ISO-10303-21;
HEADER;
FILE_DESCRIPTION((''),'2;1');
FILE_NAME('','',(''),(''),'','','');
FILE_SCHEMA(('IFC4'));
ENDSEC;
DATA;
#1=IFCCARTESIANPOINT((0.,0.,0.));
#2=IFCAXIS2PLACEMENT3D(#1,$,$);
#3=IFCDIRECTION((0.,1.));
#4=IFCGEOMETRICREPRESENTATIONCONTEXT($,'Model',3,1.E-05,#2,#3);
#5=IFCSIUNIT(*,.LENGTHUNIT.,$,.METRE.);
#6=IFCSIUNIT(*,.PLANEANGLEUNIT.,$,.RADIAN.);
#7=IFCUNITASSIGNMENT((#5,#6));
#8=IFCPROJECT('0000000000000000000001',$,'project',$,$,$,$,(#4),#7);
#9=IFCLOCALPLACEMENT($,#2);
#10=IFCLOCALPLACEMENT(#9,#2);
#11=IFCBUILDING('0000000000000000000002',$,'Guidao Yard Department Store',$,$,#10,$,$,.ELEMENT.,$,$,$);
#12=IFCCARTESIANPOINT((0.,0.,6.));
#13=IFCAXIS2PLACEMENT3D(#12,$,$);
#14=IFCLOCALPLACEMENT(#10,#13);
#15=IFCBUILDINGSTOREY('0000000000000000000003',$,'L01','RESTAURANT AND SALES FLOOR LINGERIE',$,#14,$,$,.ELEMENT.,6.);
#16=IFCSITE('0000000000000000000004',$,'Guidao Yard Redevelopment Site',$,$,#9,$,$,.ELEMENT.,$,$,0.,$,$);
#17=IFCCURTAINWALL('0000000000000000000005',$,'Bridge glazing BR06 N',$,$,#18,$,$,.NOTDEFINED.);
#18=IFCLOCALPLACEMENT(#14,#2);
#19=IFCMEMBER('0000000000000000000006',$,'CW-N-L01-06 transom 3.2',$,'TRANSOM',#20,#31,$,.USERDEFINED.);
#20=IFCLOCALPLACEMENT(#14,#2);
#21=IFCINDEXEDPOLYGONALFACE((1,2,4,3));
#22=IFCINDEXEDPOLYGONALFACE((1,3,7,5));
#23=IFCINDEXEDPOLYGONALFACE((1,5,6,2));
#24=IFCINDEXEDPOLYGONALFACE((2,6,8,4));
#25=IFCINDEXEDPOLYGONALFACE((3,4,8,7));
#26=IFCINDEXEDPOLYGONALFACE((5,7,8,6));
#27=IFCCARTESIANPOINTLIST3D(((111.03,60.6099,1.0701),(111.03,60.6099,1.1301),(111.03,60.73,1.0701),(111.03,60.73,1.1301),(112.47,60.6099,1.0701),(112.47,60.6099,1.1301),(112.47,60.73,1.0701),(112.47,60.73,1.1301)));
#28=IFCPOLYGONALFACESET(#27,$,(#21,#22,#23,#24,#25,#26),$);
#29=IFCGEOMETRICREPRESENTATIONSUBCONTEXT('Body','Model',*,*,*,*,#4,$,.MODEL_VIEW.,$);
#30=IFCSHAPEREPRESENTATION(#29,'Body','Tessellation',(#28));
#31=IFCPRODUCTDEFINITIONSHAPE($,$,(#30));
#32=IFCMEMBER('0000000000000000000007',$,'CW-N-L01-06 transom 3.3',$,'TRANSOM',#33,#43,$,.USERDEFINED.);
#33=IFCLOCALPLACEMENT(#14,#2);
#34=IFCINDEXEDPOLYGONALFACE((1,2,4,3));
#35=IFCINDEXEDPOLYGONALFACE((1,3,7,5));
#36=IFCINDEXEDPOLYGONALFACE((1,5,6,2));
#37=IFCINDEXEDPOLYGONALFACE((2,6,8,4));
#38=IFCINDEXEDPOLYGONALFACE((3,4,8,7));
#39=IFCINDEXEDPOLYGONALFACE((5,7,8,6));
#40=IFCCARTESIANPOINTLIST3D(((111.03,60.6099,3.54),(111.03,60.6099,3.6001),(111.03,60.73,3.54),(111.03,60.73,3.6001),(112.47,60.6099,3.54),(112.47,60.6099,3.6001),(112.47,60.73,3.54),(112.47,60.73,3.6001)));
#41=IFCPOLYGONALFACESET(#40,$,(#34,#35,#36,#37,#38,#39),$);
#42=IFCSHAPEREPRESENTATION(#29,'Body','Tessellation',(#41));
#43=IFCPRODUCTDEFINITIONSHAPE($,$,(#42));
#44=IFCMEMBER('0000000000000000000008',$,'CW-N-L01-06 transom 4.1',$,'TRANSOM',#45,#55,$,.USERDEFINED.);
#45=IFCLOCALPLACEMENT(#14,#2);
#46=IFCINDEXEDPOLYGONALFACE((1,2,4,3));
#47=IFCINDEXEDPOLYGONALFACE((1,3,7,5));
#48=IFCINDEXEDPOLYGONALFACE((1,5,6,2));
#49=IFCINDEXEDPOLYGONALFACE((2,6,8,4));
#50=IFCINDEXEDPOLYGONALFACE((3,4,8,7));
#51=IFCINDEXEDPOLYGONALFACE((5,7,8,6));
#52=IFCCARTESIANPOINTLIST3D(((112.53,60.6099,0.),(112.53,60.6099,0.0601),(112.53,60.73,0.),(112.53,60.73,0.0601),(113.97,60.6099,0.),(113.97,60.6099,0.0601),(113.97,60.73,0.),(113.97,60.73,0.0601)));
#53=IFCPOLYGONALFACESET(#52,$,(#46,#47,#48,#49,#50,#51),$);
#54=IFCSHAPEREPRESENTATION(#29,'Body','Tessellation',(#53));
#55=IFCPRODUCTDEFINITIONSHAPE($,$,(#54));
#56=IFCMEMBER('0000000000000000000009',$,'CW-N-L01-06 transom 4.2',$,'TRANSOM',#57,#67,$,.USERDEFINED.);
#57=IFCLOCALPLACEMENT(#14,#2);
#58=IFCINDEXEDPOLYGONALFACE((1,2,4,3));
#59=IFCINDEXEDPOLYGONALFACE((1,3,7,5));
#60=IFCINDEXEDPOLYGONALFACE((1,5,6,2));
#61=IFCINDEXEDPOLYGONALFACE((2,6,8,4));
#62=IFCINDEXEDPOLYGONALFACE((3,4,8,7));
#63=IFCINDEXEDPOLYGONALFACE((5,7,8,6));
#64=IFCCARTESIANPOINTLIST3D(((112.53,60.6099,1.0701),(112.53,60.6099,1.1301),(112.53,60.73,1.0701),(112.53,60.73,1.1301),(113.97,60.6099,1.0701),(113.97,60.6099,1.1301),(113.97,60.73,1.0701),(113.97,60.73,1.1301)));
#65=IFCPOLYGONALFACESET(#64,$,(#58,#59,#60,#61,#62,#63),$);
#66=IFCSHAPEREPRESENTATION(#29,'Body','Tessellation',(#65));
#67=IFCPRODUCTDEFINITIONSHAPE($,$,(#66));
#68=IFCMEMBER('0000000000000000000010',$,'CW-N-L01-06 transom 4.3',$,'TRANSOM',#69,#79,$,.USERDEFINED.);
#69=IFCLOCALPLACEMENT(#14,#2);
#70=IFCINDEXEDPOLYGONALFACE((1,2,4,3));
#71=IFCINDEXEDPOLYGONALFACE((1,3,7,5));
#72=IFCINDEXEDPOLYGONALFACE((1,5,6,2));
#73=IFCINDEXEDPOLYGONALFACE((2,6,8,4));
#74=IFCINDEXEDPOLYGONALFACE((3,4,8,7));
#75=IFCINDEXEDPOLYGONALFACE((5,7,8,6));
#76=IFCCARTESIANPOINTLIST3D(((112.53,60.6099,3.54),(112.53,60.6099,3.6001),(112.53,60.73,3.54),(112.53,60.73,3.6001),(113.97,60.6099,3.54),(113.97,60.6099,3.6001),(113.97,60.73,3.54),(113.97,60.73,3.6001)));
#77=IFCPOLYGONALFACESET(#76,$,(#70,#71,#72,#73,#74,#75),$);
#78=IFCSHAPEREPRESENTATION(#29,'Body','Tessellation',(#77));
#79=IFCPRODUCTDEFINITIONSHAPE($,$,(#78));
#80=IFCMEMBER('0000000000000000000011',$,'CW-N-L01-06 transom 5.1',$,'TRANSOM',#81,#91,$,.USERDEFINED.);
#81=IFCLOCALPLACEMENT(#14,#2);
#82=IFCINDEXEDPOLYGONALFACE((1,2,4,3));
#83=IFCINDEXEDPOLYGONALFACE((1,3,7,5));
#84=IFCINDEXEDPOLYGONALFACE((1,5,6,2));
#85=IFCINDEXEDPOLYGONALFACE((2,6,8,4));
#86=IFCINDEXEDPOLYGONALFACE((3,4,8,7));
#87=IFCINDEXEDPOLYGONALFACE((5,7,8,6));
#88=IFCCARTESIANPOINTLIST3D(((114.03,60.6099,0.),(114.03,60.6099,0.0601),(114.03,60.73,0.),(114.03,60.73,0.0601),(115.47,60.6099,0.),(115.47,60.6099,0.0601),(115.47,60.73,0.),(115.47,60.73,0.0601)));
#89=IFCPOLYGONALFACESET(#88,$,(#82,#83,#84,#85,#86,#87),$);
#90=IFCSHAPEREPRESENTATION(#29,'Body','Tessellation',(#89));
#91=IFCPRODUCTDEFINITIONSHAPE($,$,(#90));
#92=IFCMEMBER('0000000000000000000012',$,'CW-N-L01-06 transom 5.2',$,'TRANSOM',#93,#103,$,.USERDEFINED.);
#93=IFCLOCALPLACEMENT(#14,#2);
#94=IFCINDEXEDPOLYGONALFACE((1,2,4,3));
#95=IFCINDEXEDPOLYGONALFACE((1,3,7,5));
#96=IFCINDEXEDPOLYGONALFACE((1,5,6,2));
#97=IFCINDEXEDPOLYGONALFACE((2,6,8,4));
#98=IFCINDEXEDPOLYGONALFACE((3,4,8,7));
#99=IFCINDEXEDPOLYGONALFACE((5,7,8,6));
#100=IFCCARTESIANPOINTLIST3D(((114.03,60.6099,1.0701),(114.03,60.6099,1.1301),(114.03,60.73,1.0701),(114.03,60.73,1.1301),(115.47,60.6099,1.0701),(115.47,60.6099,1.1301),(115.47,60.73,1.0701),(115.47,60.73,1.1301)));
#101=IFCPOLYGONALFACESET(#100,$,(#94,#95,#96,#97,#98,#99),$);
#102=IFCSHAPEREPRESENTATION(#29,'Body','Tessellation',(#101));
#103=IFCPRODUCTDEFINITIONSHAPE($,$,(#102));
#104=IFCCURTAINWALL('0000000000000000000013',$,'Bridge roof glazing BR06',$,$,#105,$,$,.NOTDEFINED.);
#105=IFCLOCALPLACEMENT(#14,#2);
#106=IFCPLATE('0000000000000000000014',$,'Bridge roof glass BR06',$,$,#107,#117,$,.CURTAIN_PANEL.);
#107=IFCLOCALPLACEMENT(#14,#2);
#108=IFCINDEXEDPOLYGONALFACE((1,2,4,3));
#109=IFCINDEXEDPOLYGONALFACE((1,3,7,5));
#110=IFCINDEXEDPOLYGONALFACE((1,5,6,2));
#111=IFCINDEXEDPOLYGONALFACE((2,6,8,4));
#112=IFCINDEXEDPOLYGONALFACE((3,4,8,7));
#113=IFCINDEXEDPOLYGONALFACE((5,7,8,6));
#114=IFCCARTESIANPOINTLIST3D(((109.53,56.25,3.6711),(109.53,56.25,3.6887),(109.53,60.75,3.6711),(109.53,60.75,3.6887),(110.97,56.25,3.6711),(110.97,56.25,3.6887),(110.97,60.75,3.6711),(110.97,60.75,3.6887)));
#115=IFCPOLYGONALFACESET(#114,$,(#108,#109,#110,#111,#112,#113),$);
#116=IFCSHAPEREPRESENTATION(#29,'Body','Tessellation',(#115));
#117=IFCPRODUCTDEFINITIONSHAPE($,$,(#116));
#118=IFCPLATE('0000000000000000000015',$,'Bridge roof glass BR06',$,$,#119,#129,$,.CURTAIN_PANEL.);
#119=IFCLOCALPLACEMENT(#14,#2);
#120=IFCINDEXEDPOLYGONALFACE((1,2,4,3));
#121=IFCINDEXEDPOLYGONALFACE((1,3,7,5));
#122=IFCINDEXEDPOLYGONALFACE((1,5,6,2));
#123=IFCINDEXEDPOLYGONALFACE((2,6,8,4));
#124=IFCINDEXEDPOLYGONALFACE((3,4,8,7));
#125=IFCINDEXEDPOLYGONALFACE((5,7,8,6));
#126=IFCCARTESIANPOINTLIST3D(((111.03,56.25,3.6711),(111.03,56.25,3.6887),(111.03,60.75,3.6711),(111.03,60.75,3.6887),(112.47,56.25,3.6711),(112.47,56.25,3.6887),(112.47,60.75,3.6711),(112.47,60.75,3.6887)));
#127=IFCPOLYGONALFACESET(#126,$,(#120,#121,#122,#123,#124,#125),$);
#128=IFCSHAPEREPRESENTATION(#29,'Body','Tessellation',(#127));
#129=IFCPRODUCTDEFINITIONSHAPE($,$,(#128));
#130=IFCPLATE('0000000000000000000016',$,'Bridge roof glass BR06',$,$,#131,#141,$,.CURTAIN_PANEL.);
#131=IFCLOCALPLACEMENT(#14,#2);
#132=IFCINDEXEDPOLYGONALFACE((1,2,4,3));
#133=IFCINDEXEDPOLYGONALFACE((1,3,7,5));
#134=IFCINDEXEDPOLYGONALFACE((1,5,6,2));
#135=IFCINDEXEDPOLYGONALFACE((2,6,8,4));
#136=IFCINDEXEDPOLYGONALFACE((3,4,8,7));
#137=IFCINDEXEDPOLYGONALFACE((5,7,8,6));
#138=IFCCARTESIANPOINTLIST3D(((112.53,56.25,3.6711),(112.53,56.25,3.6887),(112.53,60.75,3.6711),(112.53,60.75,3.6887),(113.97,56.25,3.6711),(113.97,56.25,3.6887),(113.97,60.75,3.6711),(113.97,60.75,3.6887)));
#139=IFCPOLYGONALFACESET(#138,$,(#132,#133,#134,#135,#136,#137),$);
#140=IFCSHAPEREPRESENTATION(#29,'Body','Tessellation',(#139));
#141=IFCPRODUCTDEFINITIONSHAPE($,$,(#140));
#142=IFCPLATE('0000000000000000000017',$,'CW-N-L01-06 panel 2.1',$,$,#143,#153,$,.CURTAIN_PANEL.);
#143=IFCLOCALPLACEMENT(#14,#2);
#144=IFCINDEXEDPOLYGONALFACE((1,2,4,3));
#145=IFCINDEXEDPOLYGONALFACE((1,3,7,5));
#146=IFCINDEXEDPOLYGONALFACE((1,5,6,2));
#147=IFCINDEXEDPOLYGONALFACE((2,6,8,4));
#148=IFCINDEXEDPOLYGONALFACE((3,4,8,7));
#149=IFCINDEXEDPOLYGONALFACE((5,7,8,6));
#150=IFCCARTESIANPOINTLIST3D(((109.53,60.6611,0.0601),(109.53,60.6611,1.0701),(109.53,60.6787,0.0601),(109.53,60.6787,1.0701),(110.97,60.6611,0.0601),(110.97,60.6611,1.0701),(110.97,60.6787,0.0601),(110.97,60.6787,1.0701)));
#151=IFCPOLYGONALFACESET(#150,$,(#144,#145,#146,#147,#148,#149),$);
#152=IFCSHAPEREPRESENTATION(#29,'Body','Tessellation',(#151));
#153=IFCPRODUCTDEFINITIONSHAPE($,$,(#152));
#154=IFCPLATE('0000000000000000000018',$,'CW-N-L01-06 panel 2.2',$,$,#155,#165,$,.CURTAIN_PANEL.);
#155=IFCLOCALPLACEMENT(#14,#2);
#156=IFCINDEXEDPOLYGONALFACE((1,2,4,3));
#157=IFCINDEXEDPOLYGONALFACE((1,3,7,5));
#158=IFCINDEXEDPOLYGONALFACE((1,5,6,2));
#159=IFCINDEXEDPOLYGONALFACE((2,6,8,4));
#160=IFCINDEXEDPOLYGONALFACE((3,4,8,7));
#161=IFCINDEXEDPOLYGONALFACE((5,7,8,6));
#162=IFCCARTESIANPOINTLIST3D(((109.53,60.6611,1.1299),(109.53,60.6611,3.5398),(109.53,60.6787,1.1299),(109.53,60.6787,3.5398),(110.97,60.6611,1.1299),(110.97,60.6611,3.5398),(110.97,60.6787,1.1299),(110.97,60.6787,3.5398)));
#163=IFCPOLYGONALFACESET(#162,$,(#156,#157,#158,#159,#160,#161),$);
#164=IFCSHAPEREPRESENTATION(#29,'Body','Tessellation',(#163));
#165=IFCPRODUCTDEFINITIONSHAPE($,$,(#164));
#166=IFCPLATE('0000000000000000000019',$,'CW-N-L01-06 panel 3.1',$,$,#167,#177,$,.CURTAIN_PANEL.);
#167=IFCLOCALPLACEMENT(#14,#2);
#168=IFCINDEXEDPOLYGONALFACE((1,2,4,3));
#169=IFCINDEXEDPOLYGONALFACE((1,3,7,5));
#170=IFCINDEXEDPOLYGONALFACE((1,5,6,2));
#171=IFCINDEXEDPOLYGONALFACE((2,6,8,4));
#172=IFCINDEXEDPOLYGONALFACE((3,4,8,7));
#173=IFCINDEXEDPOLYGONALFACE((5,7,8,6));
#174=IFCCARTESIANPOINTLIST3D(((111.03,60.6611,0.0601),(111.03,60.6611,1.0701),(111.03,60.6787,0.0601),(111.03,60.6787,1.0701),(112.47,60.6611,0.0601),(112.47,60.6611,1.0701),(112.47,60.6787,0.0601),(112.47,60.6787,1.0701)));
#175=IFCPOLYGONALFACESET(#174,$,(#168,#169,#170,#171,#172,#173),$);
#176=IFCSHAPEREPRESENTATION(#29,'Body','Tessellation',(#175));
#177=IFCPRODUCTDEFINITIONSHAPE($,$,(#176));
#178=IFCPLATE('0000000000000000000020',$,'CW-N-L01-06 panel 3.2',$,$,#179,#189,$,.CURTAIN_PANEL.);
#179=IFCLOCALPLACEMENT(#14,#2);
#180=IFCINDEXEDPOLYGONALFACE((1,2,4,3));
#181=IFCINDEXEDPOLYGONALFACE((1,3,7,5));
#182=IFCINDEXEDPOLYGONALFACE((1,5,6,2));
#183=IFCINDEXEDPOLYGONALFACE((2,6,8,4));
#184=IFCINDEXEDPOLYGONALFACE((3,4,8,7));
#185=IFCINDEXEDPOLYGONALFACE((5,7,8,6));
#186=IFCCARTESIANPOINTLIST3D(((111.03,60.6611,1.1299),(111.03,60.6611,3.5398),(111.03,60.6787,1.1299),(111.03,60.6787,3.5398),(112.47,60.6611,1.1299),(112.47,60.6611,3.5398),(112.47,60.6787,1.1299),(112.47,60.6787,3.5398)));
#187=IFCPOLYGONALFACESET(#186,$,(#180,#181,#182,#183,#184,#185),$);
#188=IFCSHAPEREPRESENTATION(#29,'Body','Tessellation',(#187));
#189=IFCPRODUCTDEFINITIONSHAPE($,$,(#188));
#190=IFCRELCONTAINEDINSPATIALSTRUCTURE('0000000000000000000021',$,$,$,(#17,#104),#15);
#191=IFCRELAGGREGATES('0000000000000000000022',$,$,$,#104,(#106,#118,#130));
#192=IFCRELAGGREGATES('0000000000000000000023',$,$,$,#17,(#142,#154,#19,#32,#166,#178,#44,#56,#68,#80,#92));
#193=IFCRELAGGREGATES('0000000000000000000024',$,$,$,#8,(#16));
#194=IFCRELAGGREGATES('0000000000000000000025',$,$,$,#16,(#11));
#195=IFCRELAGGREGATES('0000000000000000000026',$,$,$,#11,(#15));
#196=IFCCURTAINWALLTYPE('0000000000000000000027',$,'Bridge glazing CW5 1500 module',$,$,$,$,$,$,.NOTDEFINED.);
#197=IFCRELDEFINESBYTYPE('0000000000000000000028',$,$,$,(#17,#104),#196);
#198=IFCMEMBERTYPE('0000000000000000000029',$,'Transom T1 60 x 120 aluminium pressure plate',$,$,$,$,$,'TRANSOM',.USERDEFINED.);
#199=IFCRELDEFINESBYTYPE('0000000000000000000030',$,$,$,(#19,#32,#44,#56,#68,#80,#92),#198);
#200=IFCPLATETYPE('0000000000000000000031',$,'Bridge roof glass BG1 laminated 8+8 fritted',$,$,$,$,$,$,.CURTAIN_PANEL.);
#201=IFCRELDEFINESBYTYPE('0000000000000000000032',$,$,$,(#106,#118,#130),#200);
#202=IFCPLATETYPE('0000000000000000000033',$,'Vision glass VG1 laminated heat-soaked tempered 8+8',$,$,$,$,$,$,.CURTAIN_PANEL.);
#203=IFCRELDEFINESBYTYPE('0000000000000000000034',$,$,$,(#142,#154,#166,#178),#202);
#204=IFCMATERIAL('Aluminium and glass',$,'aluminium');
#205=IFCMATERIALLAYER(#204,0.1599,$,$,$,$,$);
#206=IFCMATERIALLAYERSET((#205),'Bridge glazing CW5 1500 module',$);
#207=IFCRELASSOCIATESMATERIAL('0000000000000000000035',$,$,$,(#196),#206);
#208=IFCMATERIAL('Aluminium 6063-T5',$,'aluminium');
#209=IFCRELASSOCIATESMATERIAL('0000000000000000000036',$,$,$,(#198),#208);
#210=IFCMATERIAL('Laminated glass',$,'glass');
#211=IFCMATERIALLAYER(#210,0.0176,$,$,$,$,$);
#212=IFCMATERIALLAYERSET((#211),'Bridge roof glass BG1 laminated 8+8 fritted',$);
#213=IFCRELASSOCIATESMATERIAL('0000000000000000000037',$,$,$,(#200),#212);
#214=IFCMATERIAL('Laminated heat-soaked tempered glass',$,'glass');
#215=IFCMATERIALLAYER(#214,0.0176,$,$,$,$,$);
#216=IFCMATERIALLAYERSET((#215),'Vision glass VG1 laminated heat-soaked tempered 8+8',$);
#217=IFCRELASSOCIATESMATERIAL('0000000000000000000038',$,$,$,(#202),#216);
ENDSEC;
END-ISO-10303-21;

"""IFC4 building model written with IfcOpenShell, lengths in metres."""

from ifc_helpers import new_model, si_unit, direction, frame, origin, origin_2d, place, context, subcontext, project, spatial, rectangle, extrude, material, layer, layer_set, material_profile, profile_set, type_object, element, aggregate, save


model = new_model("IFC4")

# Units and contexts
model_context = context("Model", 3, precision=1e-05, world=origin(), true_north=direction((0.0, 1.0)))
body_context = subcontext(model_context, "Body", "Model", "MODEL_VIEW")
ifc_project = project(units=[si_unit("LENGTHUNIT", "METRE"), si_unit("PLANEANGLEUNIT", "RADIAN")], contexts=[model_context])

# Site, building, storey
site_placement = place(None, origin())
site = spatial("IfcSite", under=ifc_project, at=site_placement, Name="Guidao Yard Redevelopment Site", CompositionType="ELEMENT", RefElevation=0.0)
building_placement = place(site_placement, origin())
building = spatial("IfcBuilding", under=site, at=building_placement, Name="Guidao Yard Department Store", CompositionType="ELEMENT")
storey_placement = place(building_placement, frame((0.0, 0.0, 6.0)))
storey = spatial("IfcBuildingStorey", under=building, at=storey_placement, Name="L01", Description="RESTAURANT AND SALES FLOOR LINGERIE", CompositionType="ELEMENT", Elevation=6.0)

# Curtain wall, members
ifc_material_1 = material(Name="Aluminium and glass", Category="aluminium")
ifc_layer_1 = layer(ifc_material_1, 0.1599)
ifc_layer_set_1 = layer_set([ifc_layer_1], Name="Bridge glazing CW5 1500 module")
curtain_wall_type = type_object("IfcCurtainWallType", Name="Bridge glazing CW5 1500 module", PredefinedType="NOTDEFINED", material=ifc_layer_set_1)
curtain_wall_1_placement = place(storey_placement, origin())
curtain_wall_1 = element("IfcCurtainWall", 1, at=curtain_wall_1_placement, inside=storey, type_object=curtain_wall_type, Name="Bridge glazing BR06 N", PredefinedType="NOTDEFINED")
ifc_material_2 = material(Name="Aluminium 6063-T5", Category="aluminium")
ifc_material_profile_1 = material_profile(ifc_material_2, rectangle(XDim=0.1201, YDim=0.0601, at=origin_2d()), Name="Transom T1 60 x 120 aluminium pressure plate")
ifc_profile_set_1 = profile_set([ifc_material_profile_1], Name="Aluminium 6063-T5")
member_type_1 = type_object("IfcMemberType", Name="Transom T1 60 x 120 aluminium pressure plate", ElementType="TRANSOM", PredefinedType="USERDEFINED", material=ifc_profile_set_1)
member_1_placement = place(storey_placement, frame((111.03, 60.6699, 1.1001), z_axis=(1.0, 0.0, 0.0), x_axis=(0.0, 1.0, 0.0)))
member_1 = element("IfcMember", 2, at=member_1_placement, type_object=member_type_1, Name="CW-N-L01-06 transom 3.2", ObjectType="TRANSOM", PredefinedType="USERDEFINED", context=body_context, shape_type="SweptSolid", body=[
    extrude(rectangle(XDim=0.1201, YDim=0.0601, at=origin_2d()), origin(), (0.0, 0.0, 1.0), 1.4399),
])
member_2_placement = place(storey_placement, frame((111.03, 60.6699, 3.5701), z_axis=(1.0, 0.0, 0.0), x_axis=(0.0, 1.0, 0.0)))
member_2 = element("IfcMember", 3, at=member_2_placement, type_object=member_type_1, Name="CW-N-L01-06 transom 3.3", ObjectType="TRANSOM", PredefinedType="USERDEFINED", context=body_context, shape_type="SweptSolid", body=[
    extrude(rectangle(XDim=0.1201, YDim=0.0601, at=origin_2d()), origin(), (0.0, 0.0, 1.0), 1.4399),
])
member_3_placement = place(storey_placement, frame((112.53, 60.6699, 0.03), z_axis=(1.0, 0.0, 0.0), x_axis=(0.0, 1.0, 0.0)))
member_3 = element("IfcMember", 4, at=member_3_placement, type_object=member_type_1, Name="CW-N-L01-06 transom 4.1", ObjectType="TRANSOM", PredefinedType="USERDEFINED", context=body_context, shape_type="SweptSolid", body=[
    extrude(rectangle(XDim=0.1201, YDim=0.0601, at=origin_2d()), origin(), (0.0, 0.0, 1.0), 1.4399),
])
member_4_placement = place(storey_placement, frame((112.53, 60.6699, 1.1001), z_axis=(1.0, 0.0, 0.0), x_axis=(0.0, 1.0, 0.0)))
member_4 = element("IfcMember", 5, at=member_4_placement, type_object=member_type_1, Name="CW-N-L01-06 transom 4.2", ObjectType="TRANSOM", PredefinedType="USERDEFINED", context=body_context, shape_type="SweptSolid", body=[
    extrude(rectangle(XDim=0.1201, YDim=0.0601, at=origin_2d()), origin(), (0.0, 0.0, 1.0), 1.4399),
])
member_5_placement = place(storey_placement, frame((112.53, 60.6699, 3.5701), z_axis=(1.0, 0.0, 0.0), x_axis=(0.0, 1.0, 0.0)))
member_5 = element("IfcMember", 6, at=member_5_placement, type_object=member_type_1, Name="CW-N-L01-06 transom 4.3", ObjectType="TRANSOM", PredefinedType="USERDEFINED", context=body_context, shape_type="SweptSolid", body=[
    extrude(rectangle(XDim=0.1201, YDim=0.0601, at=origin_2d()), origin(), (0.0, 0.0, 1.0), 1.4399),
])
member_6_placement = place(storey_placement, frame((114.03, 60.6699, 0.03), z_axis=(1.0, 0.0, 0.0), x_axis=(0.0, 1.0, 0.0)))
member_6 = element("IfcMember", 7, at=member_6_placement, type_object=member_type_1, Name="CW-N-L01-06 transom 5.1", ObjectType="TRANSOM", PredefinedType="USERDEFINED", context=body_context, shape_type="SweptSolid", body=[
    extrude(rectangle(XDim=0.1201, YDim=0.0601, at=origin_2d()), origin(), (0.0, 0.0, 1.0), 1.4399),
])
member_7_placement = place(storey_placement, frame((114.03, 60.6699, 1.1001), z_axis=(1.0, 0.0, 0.0), x_axis=(0.0, 1.0, 0.0)))
member_7 = element("IfcMember", 8, at=member_7_placement, type_object=member_type_1, Name="CW-N-L01-06 transom 5.2", ObjectType="TRANSOM", PredefinedType="USERDEFINED", context=body_context, shape_type="SweptSolid", body=[
    extrude(rectangle(XDim=0.1201, YDim=0.0601, at=origin_2d()), origin(), (0.0, 0.0, 1.0), 1.4399),
])

# Curtain wall, plates
curtain_wall_2_placement = place(storey_placement, origin())
curtain_wall_2 = element("IfcCurtainWall", 9, at=curtain_wall_2_placement, inside=storey, type_object=curtain_wall_type, Name="Bridge roof glazing BR06", PredefinedType="NOTDEFINED")
ifc_material_3 = material(Name="Laminated glass", Category="glass")
ifc_layer_2 = layer(ifc_material_3, 0.0176)
ifc_layer_set_2 = layer_set([ifc_layer_2], Name="Bridge roof glass BG1 laminated 8+8 fritted")
plate_type_1 = type_object("IfcPlateType", Name="Bridge roof glass BG1 laminated 8+8 fritted", PredefinedType="CURTAIN_PANEL", material=ifc_layer_set_2)
plate_1_placement = place(storey_placement, frame((110.25, 58.5, 3.6711), z_axis=(0.0, 0.0, 1.0), x_axis=(1.0, 0.0, 0.0)))
plate_1 = element("IfcPlate", 10, at=plate_1_placement, type_object=plate_type_1, Name="Bridge roof glass BR06", PredefinedType="CURTAIN_PANEL", context=body_context, shape_type="SweptSolid", body=[
    extrude(rectangle(XDim=1.4399, YDim=4.5, at=origin_2d()), origin(), (0.0, 0.0, 1.0), 0.0176),
])
plate_2_placement = place(storey_placement, frame((111.75, 58.5, 3.6711), z_axis=(0.0, 0.0, 1.0), x_axis=(1.0, 0.0, 0.0)))
plate_2 = element("IfcPlate", 11, at=plate_2_placement, type_object=plate_type_1, Name="Bridge roof glass BR06", PredefinedType="CURTAIN_PANEL", context=body_context, shape_type="SweptSolid", body=[
    extrude(rectangle(XDim=1.4399, YDim=4.5, at=origin_2d()), origin(), (0.0, 0.0, 1.0), 0.0176),
])
plate_3_placement = place(storey_placement, frame((113.25, 58.5, 3.6711), z_axis=(0.0, 0.0, 1.0), x_axis=(1.0, 0.0, 0.0)))
plate_3 = element("IfcPlate", 12, at=plate_3_placement, type_object=plate_type_1, Name="Bridge roof glass BR06", PredefinedType="CURTAIN_PANEL", context=body_context, shape_type="SweptSolid", body=[
    extrude(rectangle(XDim=1.4399, YDim=4.5, at=origin_2d()), origin(), (0.0, 0.0, 1.0), 0.0176),
])
aggregate(curtain_wall_2, [plate_1, plate_2, plate_3])

# Plates
ifc_material_4 = material(Name="Laminated heat-soaked tempered glass", Category="glass")
ifc_layer_3 = layer(ifc_material_4, 0.0176)
ifc_layer_set_3 = layer_set([ifc_layer_3], Name="Vision glass VG1 laminated heat-soaked tempered 8+8")
plate_type_2 = type_object("IfcPlateType", Name="Vision glass VG1 laminated heat-soaked tempered 8+8", PredefinedType="CURTAIN_PANEL", material=ifc_layer_set_3)
plate_4_placement = place(storey_placement, frame((110.25, 60.6699, 0.0601), z_axis=(0.0, 0.0, 1.0), x_axis=(1.0, 0.0, 0.0)))
plate_4 = element("IfcPlate", 13, at=plate_4_placement, type_object=plate_type_2, Name="CW-N-L01-06 panel 2.1", PredefinedType="CURTAIN_PANEL", context=body_context, shape_type="SweptSolid", body=[
    extrude(rectangle(XDim=1.4399, YDim=0.0176, at=origin_2d()), origin(), (0.0, 0.0, 1.0), 1.01),
])
plate_5_placement = place(storey_placement, frame((110.25, 60.6699, 1.1299), z_axis=(0.0, 0.0, 1.0), x_axis=(1.0, 0.0, 0.0)))
plate_5 = element("IfcPlate", 14, at=plate_5_placement, type_object=plate_type_2, Name="CW-N-L01-06 panel 2.2", PredefinedType="CURTAIN_PANEL", context=body_context, shape_type="SweptSolid", body=[
    extrude(rectangle(XDim=1.4399, YDim=0.0176, at=origin_2d()), origin(), (0.0, 0.0, 1.0), 2.4099),
])
plate_6_placement = place(storey_placement, frame((111.75, 60.6699, 0.0601), z_axis=(0.0, 0.0, 1.0), x_axis=(1.0, 0.0, 0.0)))
plate_6 = element("IfcPlate", 15, at=plate_6_placement, type_object=plate_type_2, Name="CW-N-L01-06 panel 3.1", PredefinedType="CURTAIN_PANEL", context=body_context, shape_type="SweptSolid", body=[
    extrude(rectangle(XDim=1.4399, YDim=0.0176, at=origin_2d()), origin(), (0.0, 0.0, 1.0), 1.01),
])
plate_7_placement = place(storey_placement, frame((111.75, 60.6699, 1.1299), z_axis=(0.0, 0.0, 1.0), x_axis=(1.0, 0.0, 0.0)))
plate_7 = element("IfcPlate", 16, at=plate_7_placement, type_object=plate_type_2, Name="CW-N-L01-06 panel 3.2", PredefinedType="CURTAIN_PANEL", context=body_context, shape_type="SweptSolid", body=[
    extrude(rectangle(XDim=1.4399, YDim=0.0176, at=origin_2d()), origin(), (0.0, 0.0, 1.0), 2.4099),
])
aggregate(curtain_wall_1, [plate_4, plate_5, member_1, member_2, plate_6, plate_7, member_3, member_4, member_5, member_6, member_7])

save(model, "model.ifc")
